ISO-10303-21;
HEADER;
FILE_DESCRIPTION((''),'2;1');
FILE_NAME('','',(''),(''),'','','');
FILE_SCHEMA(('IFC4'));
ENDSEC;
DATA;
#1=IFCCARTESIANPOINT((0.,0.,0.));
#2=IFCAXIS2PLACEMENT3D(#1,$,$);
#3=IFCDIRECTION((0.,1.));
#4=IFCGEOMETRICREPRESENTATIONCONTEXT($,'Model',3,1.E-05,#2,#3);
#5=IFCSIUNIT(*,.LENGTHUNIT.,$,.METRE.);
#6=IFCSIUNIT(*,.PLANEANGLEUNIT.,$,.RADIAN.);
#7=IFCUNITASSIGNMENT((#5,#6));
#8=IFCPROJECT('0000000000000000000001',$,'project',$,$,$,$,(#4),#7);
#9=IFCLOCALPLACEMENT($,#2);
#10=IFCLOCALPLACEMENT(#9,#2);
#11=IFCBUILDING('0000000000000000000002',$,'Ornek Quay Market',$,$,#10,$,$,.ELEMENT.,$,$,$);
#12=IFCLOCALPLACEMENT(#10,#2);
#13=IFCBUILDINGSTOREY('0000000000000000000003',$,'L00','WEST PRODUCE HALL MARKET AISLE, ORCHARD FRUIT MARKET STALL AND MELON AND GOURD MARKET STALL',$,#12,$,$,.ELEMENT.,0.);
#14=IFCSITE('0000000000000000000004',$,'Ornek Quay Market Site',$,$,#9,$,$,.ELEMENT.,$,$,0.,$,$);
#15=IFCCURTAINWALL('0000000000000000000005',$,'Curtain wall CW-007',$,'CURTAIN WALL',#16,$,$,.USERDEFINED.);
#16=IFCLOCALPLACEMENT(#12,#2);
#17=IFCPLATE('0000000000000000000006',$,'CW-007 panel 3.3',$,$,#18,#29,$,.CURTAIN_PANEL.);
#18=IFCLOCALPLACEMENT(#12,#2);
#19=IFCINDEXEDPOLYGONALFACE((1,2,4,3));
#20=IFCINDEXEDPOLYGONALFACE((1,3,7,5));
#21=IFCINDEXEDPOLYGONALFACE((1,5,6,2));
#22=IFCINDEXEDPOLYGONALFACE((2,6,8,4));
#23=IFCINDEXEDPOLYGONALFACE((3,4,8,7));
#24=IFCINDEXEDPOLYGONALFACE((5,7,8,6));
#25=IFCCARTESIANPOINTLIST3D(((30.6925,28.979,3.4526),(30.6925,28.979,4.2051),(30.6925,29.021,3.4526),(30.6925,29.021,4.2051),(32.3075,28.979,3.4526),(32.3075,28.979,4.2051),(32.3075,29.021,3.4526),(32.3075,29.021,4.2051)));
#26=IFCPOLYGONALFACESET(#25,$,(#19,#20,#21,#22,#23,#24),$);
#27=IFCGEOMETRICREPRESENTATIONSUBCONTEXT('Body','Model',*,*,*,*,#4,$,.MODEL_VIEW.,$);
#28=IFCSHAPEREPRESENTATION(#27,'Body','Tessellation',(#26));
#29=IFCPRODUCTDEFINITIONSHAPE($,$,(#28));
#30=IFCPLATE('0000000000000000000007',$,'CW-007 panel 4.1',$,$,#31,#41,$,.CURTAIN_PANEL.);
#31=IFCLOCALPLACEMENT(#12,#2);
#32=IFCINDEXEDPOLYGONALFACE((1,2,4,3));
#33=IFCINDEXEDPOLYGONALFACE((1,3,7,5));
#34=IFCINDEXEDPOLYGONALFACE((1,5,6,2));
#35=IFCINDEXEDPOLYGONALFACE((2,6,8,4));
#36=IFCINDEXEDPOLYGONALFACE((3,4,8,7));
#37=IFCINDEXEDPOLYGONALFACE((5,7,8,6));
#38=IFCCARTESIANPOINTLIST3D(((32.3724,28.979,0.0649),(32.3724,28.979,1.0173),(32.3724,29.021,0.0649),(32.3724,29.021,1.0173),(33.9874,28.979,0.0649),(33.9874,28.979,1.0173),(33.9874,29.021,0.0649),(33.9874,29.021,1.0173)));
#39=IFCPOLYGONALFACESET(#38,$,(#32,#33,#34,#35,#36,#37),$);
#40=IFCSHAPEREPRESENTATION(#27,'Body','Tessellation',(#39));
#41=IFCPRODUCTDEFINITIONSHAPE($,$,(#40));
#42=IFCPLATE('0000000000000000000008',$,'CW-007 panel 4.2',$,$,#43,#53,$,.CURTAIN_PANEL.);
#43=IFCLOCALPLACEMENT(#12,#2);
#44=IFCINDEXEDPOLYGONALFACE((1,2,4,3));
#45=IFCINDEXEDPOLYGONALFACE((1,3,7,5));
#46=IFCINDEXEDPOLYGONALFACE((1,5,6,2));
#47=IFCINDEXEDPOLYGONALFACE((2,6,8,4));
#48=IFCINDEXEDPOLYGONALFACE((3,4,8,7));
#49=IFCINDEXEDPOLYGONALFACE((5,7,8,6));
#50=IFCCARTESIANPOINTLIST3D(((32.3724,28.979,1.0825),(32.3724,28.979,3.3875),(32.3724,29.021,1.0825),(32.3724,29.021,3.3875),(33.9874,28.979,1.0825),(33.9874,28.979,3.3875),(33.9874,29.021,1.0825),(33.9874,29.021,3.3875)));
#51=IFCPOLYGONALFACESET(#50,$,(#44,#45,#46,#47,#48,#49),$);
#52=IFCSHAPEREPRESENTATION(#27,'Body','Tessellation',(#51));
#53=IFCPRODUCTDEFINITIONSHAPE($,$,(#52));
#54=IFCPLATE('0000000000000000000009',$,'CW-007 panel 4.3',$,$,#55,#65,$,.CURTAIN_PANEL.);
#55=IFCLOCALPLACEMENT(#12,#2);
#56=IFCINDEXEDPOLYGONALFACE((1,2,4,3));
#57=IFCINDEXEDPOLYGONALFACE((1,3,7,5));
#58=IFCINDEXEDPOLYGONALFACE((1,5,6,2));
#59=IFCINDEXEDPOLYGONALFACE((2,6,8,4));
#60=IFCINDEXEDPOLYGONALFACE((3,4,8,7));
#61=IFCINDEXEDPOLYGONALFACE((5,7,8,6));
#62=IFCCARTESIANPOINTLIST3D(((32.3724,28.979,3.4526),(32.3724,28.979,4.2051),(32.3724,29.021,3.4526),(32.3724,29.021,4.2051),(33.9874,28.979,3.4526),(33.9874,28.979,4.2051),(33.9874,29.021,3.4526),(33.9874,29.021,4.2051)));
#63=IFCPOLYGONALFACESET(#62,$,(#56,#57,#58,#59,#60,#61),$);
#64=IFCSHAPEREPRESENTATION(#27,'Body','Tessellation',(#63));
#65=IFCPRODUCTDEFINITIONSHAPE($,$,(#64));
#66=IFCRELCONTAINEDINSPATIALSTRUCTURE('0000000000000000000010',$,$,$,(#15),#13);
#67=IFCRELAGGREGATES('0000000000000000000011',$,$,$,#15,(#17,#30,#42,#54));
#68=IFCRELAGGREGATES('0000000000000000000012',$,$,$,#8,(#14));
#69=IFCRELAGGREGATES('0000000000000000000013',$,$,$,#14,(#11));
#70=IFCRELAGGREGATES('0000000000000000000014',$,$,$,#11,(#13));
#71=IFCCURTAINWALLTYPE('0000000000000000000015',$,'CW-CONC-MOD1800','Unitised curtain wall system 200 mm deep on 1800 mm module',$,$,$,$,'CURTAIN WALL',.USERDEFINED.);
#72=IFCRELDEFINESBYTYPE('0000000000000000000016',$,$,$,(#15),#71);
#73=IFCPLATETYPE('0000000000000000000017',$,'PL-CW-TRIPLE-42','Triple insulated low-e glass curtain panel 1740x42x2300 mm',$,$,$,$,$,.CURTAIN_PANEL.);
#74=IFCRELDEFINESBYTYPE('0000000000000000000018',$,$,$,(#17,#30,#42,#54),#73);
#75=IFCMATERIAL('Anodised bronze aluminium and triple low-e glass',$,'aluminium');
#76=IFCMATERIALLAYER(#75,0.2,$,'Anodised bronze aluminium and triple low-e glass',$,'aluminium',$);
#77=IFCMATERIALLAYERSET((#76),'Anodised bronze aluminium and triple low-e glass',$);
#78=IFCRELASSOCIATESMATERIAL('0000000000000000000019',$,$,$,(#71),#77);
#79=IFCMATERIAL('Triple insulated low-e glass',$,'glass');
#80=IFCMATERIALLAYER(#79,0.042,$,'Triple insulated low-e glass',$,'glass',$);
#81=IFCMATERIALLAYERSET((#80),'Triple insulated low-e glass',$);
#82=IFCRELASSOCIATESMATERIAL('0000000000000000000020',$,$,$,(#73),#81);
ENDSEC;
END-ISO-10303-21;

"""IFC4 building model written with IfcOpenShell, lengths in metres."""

from ifc_helpers import new_model, si_unit, direction, frame, origin, origin_2d, place, context, subcontext, project, spatial, rectangle, extrude, material, layer, layer_set, type_object, element, aggregate, save


model = new_model("IFC4")

# Units and contexts
model_context = context("Model", 3, precision=1e-05, world=origin(), true_north=direction((0.0, 1.0)))
body_context = subcontext(model_context, "Body", "Model", "MODEL_VIEW")
ifc_project = project(units=[si_unit("LENGTHUNIT", "METRE"), si_unit("PLANEANGLEUNIT", "RADIAN")], contexts=[model_context])

# Site, building, storey
site_placement = place(None, origin())
site = spatial("IfcSite", under=ifc_project, at=site_placement, Name="Ornek Quay Market Site", CompositionType="ELEMENT", RefElevation=0.0)
building_placement = place(site_placement, origin())
building = spatial("IfcBuilding", under=site, at=building_placement, Name="Ornek Quay Market", CompositionType="ELEMENT")
storey_placement = place(building_placement, origin())
storey = spatial("IfcBuildingStorey", under=building, at=storey_placement, Name="L00", Description="WEST PRODUCE HALL MARKET AISLE, ORCHARD FRUIT MARKET STALL AND MELON AND GOURD MARKET STALL", CompositionType="ELEMENT", Elevation=0.0)

# Curtain wall
ifc_material_1 = material(Name="Anodised bronze aluminium and triple low-e glass", Category="aluminium")
ifc_layer_1 = layer(ifc_material_1, 0.2, Name="Anodised bronze aluminium and triple low-e glass", Category="aluminium")
ifc_layer_set_1 = layer_set([ifc_layer_1], Name="Anodised bronze aluminium and triple low-e glass")
curtain_wall_type_1 = type_object("IfcCurtainWallType", Name="CW-CONC-MOD1800", Description="Unitised curtain wall system 200 mm deep on 1800 mm module", ElementType="CURTAIN WALL", PredefinedType="USERDEFINED", material=ifc_layer_set_1)
curtain_wall_1_placement = place(storey_placement, origin())
curtain_wall_1 = element("IfcCurtainWall", 1, at=curtain_wall_1_placement, inside=storey, type_object=curtain_wall_type_1, Name="Curtain wall CW-007", ObjectType="CURTAIN WALL", PredefinedType="USERDEFINED")

# Plates
ifc_material_2 = material(Name="Triple insulated low-e glass", Category="glass")
ifc_layer_2 = layer(ifc_material_2, 0.042, Name="Triple insulated low-e glass", Category="glass")
ifc_layer_set_2 = layer_set([ifc_layer_2], Name="Triple insulated low-e glass")
plate_type_1 = type_object("IfcPlateType", Name="PL-CW-TRIPLE-42", Description="Triple insulated low-e glass curtain panel 1740x42x2300 mm", PredefinedType="CURTAIN_PANEL", material=ifc_layer_set_2)
plate_1_placement = place(storey_placement, frame((31.5, 29.0, 3.4526), z_axis=(0.0, 0.0, 1.0), x_axis=(1.0, 0.0, 0.0)))
plate_1 = element("IfcPlate", 2, at=plate_1_placement, type_object=plate_type_1, Name="CW-007 panel 3.3", PredefinedType="CURTAIN_PANEL", context=body_context, shape_type="SweptSolid", body=[
    extrude(rectangle(XDim=1.615, YDim=0.042, at=origin_2d()), origin(), (0.0, 0.0, 1.0), 0.7524),
])
plate_2_placement = place(storey_placement, frame((33.1799, 29.0, 0.0649), z_axis=(0.0, 0.0, 1.0), x_axis=(1.0, 0.0, 0.0)))
plate_2 = element("IfcPlate", 3, at=plate_2_placement, type_object=plate_type_1, Name="CW-007 panel 4.1", PredefinedType="CURTAIN_PANEL", context=body_context, shape_type="SweptSolid", body=[
    extrude(rectangle(XDim=1.615, YDim=0.042, at=origin_2d()), origin(), (0.0, 0.0, 1.0), 0.9524),
])
plate_3_placement = place(storey_placement, frame((33.1799, 29.0, 1.0825), z_axis=(0.0, 0.0, 1.0), x_axis=(1.0, 0.0, 0.0)))
plate_3 = element("IfcPlate", 4, at=plate_3_placement, type_object=plate_type_1, Name="CW-007 panel 4.2", PredefinedType="CURTAIN_PANEL", context=body_context, shape_type="SweptSolid", body=[
    extrude(rectangle(XDim=1.615, YDim=0.042, at=origin_2d()), origin(), (0.0, 0.0, 1.0), 2.3049),
])
plate_4_placement = place(storey_placement, frame((33.1799, 29.0, 3.4526), z_axis=(0.0, 0.0, 1.0), x_axis=(1.0, 0.0, 0.0)))
plate_4 = element("IfcPlate", 5, at=plate_4_placement, type_object=plate_type_1, Name="CW-007 panel 4.3", PredefinedType="CURTAIN_PANEL", context=body_context, shape_type="SweptSolid", body=[
    extrude(rectangle(XDim=1.615, YDim=0.042, at=origin_2d()), origin(), (0.0, 0.0, 1.0), 0.7524),
])
aggregate(curtain_wall_1, [plate_1, plate_2, plate_3, plate_4])

save(model, "model.ifc")
